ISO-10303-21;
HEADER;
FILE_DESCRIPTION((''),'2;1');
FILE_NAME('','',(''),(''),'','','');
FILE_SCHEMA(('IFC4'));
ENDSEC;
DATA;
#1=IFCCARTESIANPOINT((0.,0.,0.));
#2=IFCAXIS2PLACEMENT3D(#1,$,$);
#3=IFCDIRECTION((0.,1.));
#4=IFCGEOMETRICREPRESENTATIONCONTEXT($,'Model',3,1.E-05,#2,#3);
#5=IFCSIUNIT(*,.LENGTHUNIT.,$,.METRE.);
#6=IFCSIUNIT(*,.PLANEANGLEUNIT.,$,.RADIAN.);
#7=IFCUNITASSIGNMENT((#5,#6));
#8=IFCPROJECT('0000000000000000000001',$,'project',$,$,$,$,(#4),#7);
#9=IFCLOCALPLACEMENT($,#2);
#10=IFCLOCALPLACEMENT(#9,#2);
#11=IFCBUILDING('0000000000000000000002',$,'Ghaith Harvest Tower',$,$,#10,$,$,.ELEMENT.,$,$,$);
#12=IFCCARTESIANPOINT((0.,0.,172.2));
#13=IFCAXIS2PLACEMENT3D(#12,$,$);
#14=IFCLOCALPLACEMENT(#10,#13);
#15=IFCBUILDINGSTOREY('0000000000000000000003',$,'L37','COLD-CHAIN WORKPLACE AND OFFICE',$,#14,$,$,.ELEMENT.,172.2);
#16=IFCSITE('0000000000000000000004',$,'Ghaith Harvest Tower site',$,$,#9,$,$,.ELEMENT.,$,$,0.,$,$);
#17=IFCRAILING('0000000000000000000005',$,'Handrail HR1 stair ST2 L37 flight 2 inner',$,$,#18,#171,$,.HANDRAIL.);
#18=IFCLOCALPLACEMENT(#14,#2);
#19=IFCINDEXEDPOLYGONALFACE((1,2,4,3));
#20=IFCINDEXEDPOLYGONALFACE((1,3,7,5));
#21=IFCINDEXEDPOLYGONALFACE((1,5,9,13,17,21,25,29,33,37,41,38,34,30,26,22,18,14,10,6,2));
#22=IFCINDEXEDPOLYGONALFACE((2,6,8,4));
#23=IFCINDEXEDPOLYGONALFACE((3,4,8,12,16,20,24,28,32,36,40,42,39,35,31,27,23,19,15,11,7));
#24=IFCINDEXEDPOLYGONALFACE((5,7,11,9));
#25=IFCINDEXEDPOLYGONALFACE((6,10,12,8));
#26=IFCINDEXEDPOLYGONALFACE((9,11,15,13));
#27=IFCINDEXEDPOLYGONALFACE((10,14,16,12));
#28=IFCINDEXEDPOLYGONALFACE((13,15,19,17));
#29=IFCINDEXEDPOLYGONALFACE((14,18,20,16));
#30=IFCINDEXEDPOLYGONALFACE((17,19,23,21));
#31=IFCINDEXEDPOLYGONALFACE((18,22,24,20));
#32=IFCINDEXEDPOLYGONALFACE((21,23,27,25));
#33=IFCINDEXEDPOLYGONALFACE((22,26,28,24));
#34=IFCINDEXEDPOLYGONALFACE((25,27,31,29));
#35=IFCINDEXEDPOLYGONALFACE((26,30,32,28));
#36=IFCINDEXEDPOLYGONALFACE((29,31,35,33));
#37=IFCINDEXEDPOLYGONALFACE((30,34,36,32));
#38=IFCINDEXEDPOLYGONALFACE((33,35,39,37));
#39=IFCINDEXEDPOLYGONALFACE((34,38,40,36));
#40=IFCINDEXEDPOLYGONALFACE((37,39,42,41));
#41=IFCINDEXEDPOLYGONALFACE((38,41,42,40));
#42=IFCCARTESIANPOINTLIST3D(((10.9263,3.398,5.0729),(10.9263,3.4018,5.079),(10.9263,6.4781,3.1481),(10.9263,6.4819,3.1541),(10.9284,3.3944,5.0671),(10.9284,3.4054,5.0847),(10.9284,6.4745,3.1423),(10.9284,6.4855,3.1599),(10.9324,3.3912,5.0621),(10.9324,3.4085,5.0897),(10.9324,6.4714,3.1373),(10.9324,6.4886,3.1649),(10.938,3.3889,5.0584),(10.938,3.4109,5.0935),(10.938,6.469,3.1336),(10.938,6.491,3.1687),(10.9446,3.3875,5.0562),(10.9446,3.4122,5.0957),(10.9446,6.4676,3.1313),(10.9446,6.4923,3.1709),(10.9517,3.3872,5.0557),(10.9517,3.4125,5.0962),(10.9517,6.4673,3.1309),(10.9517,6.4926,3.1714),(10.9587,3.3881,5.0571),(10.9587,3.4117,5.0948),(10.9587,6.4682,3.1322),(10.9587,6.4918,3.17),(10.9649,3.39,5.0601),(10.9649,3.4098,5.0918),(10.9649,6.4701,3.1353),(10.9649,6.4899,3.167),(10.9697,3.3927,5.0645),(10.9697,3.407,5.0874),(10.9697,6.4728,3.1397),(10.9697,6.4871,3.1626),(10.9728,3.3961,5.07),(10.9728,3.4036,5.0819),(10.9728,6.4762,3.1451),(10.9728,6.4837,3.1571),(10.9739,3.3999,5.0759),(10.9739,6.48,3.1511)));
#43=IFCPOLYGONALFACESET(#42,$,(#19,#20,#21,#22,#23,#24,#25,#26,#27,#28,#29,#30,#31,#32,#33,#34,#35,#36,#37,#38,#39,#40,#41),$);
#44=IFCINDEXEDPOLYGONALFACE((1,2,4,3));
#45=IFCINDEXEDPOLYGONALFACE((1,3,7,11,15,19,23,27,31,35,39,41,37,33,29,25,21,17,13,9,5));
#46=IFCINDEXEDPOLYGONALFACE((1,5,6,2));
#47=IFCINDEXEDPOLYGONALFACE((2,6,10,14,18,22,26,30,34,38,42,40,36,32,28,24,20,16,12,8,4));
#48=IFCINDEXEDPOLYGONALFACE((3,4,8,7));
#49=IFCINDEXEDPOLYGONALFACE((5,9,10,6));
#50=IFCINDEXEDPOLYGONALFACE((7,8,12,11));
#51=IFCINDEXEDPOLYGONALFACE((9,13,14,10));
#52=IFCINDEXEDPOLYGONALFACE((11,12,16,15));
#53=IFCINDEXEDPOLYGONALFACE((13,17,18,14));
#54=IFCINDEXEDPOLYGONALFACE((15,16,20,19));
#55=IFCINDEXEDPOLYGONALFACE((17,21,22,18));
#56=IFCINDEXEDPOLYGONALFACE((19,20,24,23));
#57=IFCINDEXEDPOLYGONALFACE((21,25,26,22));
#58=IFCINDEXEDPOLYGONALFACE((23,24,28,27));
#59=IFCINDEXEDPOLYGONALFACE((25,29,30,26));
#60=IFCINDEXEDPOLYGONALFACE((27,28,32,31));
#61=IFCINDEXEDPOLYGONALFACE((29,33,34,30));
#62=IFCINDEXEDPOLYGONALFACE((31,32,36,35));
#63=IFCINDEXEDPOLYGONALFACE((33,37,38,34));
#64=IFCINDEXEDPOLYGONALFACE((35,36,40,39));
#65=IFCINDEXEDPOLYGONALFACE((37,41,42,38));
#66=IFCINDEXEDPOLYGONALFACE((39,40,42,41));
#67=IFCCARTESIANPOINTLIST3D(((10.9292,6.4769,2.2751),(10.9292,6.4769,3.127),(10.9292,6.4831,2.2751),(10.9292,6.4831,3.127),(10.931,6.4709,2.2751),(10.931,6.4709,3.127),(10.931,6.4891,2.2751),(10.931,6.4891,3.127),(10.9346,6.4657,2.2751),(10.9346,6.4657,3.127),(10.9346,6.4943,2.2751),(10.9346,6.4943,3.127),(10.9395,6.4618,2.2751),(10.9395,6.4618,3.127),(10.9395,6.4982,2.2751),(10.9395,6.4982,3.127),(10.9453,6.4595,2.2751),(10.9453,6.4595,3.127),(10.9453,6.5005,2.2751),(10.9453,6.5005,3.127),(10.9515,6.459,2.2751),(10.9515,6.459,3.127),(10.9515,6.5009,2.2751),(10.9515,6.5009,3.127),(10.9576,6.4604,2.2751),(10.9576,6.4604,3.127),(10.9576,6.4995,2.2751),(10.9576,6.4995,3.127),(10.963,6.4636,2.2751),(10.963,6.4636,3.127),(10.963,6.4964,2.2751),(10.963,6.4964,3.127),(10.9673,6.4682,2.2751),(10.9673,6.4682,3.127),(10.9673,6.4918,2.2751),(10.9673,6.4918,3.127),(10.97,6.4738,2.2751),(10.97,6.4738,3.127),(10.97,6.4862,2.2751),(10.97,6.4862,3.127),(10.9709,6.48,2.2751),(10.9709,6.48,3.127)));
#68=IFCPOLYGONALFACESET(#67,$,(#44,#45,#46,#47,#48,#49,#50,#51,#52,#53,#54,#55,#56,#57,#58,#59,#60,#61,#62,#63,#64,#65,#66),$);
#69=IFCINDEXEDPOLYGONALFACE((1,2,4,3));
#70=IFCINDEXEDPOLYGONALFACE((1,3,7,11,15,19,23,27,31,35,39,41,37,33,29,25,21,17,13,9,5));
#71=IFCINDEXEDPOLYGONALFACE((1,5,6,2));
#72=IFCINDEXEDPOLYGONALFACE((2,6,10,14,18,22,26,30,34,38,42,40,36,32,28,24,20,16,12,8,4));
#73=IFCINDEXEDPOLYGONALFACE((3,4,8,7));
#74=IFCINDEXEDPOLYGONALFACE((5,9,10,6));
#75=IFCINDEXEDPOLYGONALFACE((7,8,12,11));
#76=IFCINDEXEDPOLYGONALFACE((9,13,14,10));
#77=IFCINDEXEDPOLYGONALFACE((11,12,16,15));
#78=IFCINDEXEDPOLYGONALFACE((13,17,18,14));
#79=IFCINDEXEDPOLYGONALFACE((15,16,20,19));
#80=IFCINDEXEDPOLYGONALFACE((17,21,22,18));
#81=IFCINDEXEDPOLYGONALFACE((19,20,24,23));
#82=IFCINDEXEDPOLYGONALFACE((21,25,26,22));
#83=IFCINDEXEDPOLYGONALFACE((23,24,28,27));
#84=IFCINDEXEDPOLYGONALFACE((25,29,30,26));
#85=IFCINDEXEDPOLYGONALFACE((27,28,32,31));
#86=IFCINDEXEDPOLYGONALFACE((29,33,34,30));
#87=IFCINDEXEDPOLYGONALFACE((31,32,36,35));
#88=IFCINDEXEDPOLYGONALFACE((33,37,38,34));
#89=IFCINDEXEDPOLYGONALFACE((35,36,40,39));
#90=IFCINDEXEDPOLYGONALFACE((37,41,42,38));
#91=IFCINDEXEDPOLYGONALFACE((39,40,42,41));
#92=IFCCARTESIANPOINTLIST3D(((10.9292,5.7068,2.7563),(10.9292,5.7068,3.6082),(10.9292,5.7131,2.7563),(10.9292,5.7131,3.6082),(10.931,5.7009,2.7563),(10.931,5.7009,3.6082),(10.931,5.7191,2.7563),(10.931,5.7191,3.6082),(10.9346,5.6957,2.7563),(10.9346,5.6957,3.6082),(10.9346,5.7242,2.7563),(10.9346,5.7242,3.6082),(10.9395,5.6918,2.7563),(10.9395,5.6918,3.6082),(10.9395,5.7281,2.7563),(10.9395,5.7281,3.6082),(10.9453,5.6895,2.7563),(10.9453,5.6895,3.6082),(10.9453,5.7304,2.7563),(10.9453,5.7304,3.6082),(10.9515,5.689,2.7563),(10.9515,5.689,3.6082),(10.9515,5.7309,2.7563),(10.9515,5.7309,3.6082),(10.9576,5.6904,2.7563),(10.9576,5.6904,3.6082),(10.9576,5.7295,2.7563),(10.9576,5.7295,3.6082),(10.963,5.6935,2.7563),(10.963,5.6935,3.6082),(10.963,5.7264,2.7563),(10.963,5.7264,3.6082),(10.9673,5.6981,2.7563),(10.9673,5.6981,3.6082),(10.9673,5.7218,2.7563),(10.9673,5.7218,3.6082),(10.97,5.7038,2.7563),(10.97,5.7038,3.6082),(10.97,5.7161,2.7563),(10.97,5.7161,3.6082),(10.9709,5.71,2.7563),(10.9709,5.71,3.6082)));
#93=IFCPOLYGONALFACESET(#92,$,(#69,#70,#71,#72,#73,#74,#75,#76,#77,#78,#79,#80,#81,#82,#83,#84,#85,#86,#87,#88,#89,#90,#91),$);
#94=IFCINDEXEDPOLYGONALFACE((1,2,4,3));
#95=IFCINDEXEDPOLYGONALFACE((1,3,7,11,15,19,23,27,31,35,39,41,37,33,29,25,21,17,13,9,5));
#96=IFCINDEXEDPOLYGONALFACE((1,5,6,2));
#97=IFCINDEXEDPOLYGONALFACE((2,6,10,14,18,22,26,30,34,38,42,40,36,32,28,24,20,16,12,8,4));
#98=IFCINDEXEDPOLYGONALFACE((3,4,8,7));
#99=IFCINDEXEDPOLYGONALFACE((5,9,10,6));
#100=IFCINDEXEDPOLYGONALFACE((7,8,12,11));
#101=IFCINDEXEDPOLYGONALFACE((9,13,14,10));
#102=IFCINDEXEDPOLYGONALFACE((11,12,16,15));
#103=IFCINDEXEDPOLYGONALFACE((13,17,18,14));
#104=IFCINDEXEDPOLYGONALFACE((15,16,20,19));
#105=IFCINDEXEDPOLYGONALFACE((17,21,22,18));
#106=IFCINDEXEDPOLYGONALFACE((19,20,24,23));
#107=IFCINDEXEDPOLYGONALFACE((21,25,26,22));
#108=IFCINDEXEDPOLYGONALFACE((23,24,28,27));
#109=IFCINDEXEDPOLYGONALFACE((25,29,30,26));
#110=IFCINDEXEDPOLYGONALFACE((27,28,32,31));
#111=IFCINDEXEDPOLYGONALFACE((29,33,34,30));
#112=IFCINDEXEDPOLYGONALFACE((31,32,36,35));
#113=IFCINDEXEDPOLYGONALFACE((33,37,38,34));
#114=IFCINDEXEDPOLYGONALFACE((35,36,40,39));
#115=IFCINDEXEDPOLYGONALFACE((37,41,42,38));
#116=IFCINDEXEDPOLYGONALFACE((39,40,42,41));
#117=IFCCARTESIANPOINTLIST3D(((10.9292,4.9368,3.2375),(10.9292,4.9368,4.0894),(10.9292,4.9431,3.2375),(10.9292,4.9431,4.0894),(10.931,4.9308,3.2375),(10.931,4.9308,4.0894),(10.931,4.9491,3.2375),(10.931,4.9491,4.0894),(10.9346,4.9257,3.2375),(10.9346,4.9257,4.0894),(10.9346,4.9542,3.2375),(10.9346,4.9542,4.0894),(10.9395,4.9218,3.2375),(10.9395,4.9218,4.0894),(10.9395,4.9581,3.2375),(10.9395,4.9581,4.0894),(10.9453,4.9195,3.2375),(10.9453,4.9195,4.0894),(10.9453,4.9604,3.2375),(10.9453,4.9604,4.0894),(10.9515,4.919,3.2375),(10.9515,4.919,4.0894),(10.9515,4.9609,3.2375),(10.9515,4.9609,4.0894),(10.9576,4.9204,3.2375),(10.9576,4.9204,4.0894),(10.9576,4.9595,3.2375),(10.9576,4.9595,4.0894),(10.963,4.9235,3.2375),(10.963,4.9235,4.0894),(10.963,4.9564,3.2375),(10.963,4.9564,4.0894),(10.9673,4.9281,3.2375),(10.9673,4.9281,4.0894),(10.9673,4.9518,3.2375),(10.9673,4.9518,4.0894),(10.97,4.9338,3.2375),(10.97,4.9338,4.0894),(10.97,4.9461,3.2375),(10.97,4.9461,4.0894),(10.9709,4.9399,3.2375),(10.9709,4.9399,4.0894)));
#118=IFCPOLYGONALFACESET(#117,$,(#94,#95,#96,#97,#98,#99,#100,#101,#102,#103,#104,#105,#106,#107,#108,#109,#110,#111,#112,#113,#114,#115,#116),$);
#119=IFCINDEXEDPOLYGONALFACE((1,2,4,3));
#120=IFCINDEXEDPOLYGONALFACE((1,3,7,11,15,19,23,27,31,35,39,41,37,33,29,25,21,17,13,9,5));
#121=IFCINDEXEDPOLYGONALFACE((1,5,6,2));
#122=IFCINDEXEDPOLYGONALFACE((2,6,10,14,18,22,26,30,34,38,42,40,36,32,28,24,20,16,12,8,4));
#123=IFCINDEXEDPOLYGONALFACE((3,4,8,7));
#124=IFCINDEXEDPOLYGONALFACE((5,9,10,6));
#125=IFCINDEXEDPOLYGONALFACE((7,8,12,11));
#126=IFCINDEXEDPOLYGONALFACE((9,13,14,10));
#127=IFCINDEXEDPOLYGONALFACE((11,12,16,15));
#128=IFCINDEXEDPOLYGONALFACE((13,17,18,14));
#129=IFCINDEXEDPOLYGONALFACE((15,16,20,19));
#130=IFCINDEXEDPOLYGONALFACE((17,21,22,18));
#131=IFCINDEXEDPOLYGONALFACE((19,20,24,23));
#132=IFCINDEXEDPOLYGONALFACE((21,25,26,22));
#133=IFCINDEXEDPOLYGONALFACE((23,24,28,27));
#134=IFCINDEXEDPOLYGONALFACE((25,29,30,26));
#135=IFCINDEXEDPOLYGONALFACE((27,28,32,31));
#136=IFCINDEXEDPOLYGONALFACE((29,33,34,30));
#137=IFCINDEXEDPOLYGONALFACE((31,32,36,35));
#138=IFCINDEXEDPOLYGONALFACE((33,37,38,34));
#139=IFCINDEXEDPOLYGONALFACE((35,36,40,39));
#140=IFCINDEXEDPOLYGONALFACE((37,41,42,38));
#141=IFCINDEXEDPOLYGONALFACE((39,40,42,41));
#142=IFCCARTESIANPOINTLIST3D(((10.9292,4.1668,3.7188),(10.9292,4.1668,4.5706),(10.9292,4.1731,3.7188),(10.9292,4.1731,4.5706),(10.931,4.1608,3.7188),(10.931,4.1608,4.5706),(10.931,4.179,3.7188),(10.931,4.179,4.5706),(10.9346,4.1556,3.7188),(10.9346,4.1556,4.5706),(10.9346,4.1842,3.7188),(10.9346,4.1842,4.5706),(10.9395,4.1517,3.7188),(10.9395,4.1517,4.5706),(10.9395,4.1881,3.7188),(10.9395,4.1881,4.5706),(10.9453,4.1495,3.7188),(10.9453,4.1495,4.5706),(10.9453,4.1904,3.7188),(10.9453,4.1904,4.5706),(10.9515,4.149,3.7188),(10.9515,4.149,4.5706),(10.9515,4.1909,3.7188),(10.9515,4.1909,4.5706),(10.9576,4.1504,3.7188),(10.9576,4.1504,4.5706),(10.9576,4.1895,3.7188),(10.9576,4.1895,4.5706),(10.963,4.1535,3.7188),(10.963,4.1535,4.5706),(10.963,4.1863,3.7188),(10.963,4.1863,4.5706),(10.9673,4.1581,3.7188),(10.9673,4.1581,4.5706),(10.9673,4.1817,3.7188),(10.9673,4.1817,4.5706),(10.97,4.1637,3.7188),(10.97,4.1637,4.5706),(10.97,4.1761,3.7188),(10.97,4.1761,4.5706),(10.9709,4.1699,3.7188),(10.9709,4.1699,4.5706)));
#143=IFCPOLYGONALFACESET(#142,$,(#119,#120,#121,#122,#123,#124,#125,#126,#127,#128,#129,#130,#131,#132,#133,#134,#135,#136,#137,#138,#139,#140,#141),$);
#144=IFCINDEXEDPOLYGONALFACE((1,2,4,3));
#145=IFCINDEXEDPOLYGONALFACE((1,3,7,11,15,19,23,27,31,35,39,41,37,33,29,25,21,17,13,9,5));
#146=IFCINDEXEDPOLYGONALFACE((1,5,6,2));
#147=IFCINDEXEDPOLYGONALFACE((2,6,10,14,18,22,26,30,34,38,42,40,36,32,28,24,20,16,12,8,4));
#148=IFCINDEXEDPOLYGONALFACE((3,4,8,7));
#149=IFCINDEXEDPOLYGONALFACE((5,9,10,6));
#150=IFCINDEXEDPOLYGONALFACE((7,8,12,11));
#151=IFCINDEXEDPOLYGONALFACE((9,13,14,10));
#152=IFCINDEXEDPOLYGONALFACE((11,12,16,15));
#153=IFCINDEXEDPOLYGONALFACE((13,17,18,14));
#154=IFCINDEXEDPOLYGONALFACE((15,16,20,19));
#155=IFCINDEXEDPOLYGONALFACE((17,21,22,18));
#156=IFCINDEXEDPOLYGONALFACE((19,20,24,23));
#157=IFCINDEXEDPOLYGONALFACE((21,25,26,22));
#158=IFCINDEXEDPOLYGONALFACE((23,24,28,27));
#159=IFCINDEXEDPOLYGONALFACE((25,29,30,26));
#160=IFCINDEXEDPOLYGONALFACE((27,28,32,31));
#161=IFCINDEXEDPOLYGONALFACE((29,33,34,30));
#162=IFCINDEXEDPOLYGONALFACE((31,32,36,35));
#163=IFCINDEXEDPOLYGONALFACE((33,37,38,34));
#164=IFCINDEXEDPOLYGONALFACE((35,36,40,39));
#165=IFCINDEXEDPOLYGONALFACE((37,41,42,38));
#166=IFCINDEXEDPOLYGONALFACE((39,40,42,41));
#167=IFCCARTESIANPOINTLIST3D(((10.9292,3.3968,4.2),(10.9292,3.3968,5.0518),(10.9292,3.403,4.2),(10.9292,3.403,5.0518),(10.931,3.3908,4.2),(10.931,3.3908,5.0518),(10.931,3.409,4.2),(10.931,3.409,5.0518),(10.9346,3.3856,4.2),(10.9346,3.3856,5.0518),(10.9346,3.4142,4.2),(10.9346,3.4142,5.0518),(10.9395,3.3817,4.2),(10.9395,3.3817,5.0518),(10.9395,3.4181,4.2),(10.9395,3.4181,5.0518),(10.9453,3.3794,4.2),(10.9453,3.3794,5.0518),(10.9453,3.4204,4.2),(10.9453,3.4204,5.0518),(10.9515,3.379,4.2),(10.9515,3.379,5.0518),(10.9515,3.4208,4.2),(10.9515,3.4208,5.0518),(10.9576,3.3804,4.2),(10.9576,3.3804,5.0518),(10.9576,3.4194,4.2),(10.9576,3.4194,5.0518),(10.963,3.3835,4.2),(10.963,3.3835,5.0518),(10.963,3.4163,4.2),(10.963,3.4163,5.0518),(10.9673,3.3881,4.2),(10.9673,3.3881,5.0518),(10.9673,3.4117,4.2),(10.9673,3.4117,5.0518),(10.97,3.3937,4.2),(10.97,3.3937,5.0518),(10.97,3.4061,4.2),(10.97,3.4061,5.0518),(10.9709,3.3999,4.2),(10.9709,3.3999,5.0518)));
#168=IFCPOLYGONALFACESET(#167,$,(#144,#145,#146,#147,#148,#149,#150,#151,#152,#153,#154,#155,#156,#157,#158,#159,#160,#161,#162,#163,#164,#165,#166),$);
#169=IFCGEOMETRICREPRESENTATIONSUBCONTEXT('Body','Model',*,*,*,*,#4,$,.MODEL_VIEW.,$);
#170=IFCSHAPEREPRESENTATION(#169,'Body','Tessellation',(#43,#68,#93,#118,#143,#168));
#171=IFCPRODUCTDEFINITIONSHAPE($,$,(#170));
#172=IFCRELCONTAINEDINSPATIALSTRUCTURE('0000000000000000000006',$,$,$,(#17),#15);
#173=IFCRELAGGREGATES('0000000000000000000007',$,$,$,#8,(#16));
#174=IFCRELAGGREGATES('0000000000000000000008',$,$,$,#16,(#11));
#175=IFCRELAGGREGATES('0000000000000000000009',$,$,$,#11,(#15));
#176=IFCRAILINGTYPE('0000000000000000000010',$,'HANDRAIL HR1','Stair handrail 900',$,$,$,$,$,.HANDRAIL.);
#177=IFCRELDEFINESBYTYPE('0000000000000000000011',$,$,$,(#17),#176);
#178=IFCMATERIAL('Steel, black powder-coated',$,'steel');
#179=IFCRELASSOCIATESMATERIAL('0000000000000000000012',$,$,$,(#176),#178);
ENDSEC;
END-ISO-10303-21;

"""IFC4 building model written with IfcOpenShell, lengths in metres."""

from ifc_helpers import new_model, si_unit, direction, frame, origin, origin_2d, place, context, subcontext, project, spatial, circle, extrude, material, type_object, element, save


model = new_model("IFC4")

# Units and contexts
model_context = context("Model", 3, precision=1e-05, world=origin(), true_north=direction((0.0, 1.0)))
body_context = subcontext(model_context, "Body", "Model", "MODEL_VIEW")
ifc_project = project(units=[si_unit("LENGTHUNIT", "METRE"), si_unit("PLANEANGLEUNIT", "RADIAN")], contexts=[model_context])

# Site, building, storey
site_placement = place(None, origin())
site = spatial("IfcSite", under=ifc_project, at=site_placement, Name="Ghaith Harvest Tower site", CompositionType="ELEMENT", RefElevation=0.0)
building_placement = place(site_placement, origin())
building = spatial("IfcBuilding", under=site, at=building_placement, Name="Ghaith Harvest Tower", CompositionType="ELEMENT")
storey_placement = place(building_placement, frame((0.0, 0.0, 172.2)))
storey = spatial("IfcBuildingStorey", under=building, at=storey_placement, Name="L37", Description="COLD-CHAIN WORKPLACE AND OFFICE", CompositionType="ELEMENT", Elevation=172.2)

# Railing
ifc_material_1 = material(Name="Steel, black powder-coated", Category="steel")
railing_type = type_object("IfcRailingType", Name="HANDRAIL HR1", Description="Stair handrail 900", PredefinedType="HANDRAIL", material=ifc_material_1)
railing_1_placement = place(storey_placement, frame((10.95, 6.48, 2.2751)))
element("IfcRailing", 1, at=railing_1_placement, inside=storey, type_object=railing_type, Name="Handrail HR1 stair ST2 L37 flight 2 inner", PredefinedType="HANDRAIL", context=body_context, shape_type="SweptSolid", body=[
    extrude(circle(Radius=0.0239, at=origin_2d()), frame((0.0, 0.0, 0.876), z_axis=(0.0, -0.848029, 0.529951), x_axis=(1.0, 0.0, 0.0)), (0.0, 0.0, 1.0), 3.6321),
    extrude(circle(Radius=0.021, at=origin_2d()), origin(), (0.0, 0.0, 1.0), 0.8518),
    extrude(circle(Radius=0.021, at=origin_2d()), frame((0.0, -0.77, 0.4812)), (0.0, 0.0, 1.0), 0.8518),
    extrude(circle(Radius=0.021, at=origin_2d()), frame((0.0, -1.54, 0.9624)), (0.0, 0.0, 1.0), 0.8518),
    extrude(circle(Radius=0.021, at=origin_2d()), frame((0.0, -2.3101, 1.4436)), (0.0, 0.0, 1.0), 0.8518),
    extrude(circle(Radius=0.021, at=origin_2d()), frame((0.0, -3.0801, 1.9248)), (0.0, 0.0, 1.0), 0.8518),
])

save(model, "model.ifc")
